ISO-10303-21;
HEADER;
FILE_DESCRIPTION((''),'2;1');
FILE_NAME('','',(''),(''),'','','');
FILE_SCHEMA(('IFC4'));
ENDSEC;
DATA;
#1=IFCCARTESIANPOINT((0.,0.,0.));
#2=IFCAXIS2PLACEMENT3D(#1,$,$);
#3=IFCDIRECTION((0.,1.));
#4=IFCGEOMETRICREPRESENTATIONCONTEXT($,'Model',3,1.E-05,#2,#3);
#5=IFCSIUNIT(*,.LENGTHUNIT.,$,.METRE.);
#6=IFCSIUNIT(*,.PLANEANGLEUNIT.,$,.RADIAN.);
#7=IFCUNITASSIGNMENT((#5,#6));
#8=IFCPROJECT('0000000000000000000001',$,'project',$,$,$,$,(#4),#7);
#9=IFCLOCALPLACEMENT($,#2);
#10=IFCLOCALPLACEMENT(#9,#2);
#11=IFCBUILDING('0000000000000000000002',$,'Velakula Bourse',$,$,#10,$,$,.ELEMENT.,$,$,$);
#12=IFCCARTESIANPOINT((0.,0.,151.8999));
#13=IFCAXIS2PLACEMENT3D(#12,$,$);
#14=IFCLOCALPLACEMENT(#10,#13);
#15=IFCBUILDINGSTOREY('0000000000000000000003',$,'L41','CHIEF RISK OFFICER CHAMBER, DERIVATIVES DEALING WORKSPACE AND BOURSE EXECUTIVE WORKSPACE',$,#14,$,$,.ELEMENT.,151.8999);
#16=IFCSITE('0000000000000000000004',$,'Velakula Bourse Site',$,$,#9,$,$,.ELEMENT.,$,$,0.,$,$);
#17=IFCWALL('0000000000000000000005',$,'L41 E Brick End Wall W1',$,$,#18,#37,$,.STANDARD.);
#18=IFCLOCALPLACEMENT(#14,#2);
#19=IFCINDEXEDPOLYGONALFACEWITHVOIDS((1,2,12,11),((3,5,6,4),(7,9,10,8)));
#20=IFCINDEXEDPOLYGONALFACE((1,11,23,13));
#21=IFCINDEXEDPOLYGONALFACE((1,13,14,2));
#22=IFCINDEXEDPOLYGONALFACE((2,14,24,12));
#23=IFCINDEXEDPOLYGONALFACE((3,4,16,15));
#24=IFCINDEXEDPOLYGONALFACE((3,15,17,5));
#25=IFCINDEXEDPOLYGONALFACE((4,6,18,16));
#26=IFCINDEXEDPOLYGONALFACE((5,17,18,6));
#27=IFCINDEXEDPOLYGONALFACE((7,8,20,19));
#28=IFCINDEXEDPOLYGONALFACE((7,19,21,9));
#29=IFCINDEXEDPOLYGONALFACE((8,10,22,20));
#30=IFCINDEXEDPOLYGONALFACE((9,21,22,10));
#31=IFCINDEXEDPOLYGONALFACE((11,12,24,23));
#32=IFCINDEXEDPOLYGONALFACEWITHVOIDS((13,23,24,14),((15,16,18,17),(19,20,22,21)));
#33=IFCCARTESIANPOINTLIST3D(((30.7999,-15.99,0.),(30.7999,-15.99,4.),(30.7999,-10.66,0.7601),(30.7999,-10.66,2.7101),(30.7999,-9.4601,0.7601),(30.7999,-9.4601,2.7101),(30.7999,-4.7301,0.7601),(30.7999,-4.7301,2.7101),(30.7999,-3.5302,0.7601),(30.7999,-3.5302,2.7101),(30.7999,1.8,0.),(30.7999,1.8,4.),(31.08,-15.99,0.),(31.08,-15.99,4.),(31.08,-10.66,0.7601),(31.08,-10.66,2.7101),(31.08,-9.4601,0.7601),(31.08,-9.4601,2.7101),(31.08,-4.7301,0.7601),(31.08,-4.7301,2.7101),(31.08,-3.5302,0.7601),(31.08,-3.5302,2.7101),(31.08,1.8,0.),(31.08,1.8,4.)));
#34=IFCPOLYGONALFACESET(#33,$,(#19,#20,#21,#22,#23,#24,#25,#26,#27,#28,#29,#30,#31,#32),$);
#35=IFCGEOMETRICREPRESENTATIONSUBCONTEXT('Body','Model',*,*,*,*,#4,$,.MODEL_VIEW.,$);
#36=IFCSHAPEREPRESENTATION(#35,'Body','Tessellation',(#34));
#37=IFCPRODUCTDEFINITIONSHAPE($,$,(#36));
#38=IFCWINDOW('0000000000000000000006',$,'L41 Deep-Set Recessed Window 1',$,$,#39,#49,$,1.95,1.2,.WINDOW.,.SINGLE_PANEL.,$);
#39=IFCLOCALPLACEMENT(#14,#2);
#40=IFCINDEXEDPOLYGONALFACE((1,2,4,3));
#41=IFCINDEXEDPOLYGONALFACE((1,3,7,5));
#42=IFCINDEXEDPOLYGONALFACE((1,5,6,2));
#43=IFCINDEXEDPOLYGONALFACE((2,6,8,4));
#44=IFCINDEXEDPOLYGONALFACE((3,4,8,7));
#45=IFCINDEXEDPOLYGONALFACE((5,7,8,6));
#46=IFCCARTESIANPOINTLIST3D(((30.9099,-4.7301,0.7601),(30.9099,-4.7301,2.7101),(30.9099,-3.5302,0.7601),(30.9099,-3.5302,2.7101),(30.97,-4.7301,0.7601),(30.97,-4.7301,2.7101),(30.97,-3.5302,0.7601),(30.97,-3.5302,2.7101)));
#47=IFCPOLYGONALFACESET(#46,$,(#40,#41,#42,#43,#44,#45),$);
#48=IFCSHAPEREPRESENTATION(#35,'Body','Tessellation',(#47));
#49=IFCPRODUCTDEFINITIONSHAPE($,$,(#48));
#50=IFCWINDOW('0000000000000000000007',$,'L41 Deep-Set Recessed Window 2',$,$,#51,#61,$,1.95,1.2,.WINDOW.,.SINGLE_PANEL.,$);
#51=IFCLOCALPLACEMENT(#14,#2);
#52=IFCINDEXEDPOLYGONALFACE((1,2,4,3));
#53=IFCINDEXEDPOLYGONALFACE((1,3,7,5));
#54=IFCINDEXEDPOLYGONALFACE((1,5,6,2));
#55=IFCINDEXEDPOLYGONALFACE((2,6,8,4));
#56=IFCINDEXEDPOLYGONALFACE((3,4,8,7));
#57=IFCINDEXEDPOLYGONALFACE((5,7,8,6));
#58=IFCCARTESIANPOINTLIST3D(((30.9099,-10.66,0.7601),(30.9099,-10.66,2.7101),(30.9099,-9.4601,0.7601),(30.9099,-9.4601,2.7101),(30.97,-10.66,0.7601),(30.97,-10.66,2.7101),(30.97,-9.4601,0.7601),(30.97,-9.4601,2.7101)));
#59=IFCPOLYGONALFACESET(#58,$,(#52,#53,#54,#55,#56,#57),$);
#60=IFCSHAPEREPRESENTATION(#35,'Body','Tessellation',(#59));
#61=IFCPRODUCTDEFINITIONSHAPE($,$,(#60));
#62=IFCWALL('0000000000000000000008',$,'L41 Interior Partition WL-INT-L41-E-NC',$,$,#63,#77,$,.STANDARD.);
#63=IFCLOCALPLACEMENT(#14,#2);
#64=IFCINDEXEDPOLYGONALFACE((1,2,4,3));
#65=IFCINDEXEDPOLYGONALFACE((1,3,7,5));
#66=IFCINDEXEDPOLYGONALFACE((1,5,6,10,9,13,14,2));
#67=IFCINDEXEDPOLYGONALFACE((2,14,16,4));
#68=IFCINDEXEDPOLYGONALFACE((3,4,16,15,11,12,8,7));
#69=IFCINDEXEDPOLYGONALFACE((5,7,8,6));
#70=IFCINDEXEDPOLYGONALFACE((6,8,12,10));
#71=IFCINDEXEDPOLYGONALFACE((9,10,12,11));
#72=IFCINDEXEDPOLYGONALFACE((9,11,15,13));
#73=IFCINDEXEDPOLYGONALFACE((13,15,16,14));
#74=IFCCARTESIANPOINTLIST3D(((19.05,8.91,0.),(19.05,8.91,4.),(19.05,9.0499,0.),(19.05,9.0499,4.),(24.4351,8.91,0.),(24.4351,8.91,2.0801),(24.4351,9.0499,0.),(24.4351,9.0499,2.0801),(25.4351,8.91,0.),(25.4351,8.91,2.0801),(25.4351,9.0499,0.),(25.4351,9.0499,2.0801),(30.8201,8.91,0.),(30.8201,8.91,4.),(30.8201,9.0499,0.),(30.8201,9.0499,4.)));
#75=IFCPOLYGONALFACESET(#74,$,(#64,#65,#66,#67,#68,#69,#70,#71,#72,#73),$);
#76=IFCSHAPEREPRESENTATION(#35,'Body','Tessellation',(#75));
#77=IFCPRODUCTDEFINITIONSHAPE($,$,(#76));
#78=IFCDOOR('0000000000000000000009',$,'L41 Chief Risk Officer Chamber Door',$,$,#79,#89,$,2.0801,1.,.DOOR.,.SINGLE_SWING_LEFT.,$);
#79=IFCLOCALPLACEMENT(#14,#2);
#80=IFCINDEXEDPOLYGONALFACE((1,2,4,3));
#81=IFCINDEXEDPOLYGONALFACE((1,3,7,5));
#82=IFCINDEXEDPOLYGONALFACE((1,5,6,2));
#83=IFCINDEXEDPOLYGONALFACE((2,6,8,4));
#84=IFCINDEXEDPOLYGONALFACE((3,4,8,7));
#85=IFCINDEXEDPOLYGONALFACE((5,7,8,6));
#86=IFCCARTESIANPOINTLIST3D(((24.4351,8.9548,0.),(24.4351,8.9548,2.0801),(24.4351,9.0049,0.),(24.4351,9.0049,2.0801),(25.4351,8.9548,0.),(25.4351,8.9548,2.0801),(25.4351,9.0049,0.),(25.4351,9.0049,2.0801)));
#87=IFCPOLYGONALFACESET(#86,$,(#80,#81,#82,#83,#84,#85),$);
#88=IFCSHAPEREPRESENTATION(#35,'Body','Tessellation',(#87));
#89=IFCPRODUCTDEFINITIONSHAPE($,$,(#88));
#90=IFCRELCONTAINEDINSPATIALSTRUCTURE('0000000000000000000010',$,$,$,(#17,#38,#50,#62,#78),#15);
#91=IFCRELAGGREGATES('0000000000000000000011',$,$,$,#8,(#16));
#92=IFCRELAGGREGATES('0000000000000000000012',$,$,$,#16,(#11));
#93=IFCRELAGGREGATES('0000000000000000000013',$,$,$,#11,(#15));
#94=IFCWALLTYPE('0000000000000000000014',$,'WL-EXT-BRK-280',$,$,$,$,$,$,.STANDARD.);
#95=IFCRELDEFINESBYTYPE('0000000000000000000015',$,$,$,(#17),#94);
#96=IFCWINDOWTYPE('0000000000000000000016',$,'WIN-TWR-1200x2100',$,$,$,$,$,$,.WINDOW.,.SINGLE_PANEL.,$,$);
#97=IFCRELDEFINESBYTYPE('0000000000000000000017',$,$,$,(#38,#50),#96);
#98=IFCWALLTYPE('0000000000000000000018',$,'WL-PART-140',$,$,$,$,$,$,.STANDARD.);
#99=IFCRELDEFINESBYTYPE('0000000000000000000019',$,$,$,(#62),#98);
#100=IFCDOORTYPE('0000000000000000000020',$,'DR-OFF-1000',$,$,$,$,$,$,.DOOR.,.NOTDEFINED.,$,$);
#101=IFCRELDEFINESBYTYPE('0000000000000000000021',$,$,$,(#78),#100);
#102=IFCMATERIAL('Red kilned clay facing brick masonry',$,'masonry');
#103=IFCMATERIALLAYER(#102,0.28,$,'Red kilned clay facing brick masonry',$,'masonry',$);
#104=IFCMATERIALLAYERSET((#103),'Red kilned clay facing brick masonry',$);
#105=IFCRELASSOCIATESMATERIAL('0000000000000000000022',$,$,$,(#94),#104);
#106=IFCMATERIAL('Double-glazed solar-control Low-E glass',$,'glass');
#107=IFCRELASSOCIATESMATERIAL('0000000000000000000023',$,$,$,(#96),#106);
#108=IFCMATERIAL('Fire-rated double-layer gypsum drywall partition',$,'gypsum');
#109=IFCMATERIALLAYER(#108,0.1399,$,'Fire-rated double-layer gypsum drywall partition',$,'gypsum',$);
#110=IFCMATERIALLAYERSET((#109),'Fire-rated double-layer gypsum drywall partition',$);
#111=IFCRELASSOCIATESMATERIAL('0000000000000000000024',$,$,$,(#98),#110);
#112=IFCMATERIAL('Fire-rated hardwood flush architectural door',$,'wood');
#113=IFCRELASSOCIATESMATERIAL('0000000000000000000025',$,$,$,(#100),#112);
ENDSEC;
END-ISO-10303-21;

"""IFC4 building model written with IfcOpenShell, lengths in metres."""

from ifc_helpers import new_model, si_unit, direction, frame, frame_2d, origin, place, context, subcontext, project, spatial, rectangle, extrude, material, layer, layer_set, type_object, element, fill, save


model = new_model("IFC4")

# Units and contexts
model_context = context("Model", 3, precision=1e-05, world=origin(), true_north=direction((0.0, 1.0)))
body_context = subcontext(model_context, "Body", "Model", "MODEL_VIEW")
ifc_project = project(units=[si_unit("LENGTHUNIT", "METRE"), si_unit("PLANEANGLEUNIT", "RADIAN")], contexts=[model_context])

# Site, building, storey
site_placement = place(None, origin())
site = spatial("IfcSite", under=ifc_project, at=site_placement, Name="Velakula Bourse Site", CompositionType="ELEMENT", RefElevation=0.0)
building_placement = place(site_placement, origin())
building = spatial("IfcBuilding", under=site, at=building_placement, Name="Velakula Bourse", CompositionType="ELEMENT")
storey_placement = place(building_placement, frame((0.0, 0.0, 151.8999)))
storey = spatial("IfcBuildingStorey", under=building, at=storey_placement, Name="L41", Description="CHIEF RISK OFFICER CHAMBER, DERIVATIVES DEALING WORKSPACE AND BOURSE EXECUTIVE WORKSPACE", CompositionType="ELEMENT", Elevation=151.8999)

# Wall, openings, windows
ifc_material_1 = material(Name="Red kilned clay facing brick masonry", Category="masonry")
ifc_layer_1 = layer(ifc_material_1, 0.28, Name="Red kilned clay facing brick masonry", Category="masonry")
ifc_layer_set_1 = layer_set([ifc_layer_1], Name="Red kilned clay facing brick masonry")
wall_type_1 = type_object("IfcWallType", Name="WL-EXT-BRK-280", PredefinedType="STANDARD", material=ifc_layer_set_1)
wall_1_placement = place(storey_placement, frame((30.9399, 1.8, 0.0), z_axis=(0.0, 0.0, 1.0), x_axis=(0.0, -1.0, 0.0)))
wall_1 = element("IfcWall", 1, at=wall_1_placement, inside=storey, type_object=wall_type_1, Name="L41 E Brick End Wall W1", PredefinedType="STANDARD", context=body_context, shape_type="SweptSolid", body=[
    extrude(rectangle(XDim=17.79, YDim=0.28, at=frame_2d((8.895, 0.0))), origin(), (0.0, 0.0, 1.0), 4.0),
])
opening_1_placement = place(wall_1_placement, frame((5.3301, 0.0, 0.76)))
opening_1 = element("IfcOpeningElement", 2, at=opening_1_placement, cuts=wall_1, PredefinedType="OPENING", context=body_context, shape_type="SweptSolid", body=[
    extrude(rectangle(XDim=1.2, YDim=1.95, at=frame_2d((0.6001, 0.9751))), frame((0.0, 0.1499, 0.0), z_axis=(0.0, -1.0, 0.0), x_axis=(1.0, 0.0, 0.0)), (0.0, 0.0, 1.0), 0.3),
])
opening_2_placement = place(wall_1_placement, frame((11.26, 0.0, 0.76)))
opening_2 = element("IfcOpeningElement", 3, at=opening_2_placement, cuts=wall_1, PredefinedType="OPENING", context=body_context, shape_type="SweptSolid", body=[
    extrude(rectangle(XDim=1.2, YDim=1.95, at=frame_2d((0.6001, 0.9751))), frame((0.0, 0.1499, 0.0), z_axis=(0.0, -1.0, 0.0), x_axis=(1.0, 0.0, 0.0)), (0.0, 0.0, 1.0), 0.3),
])
ifc_material_2 = material(Name="Double-glazed solar-control Low-E glass", Category="glass")
window_type = type_object("IfcWindowType", Name="WIN-TWR-1200x2100", PartitioningType="SINGLE_PANEL", PredefinedType="WINDOW", material=ifc_material_2)
window_1_placement = place(opening_1_placement, origin())
window_1 = element("IfcWindow", 4, at=window_1_placement, inside=storey, type_object=window_type, Name="L41 Deep-Set Recessed Window 1", OverallHeight=1.95, OverallWidth=1.2, PartitioningType="SINGLE_PANEL", PredefinedType="WINDOW", context=body_context, shape_type="SweptSolid", body=[
    extrude(rectangle(XDim=1.2, YDim=1.95, at=frame_2d((0.6001, 0.9751))), frame((0.0, 0.03, 0.0), z_axis=(0.0, -1.0, 0.0), x_axis=(1.0, 0.0, 0.0)), (0.0, 0.0, 1.0), 0.0601),
])
fill(opening_1, window_1)
window_2_placement = place(opening_2_placement, origin())
window_2 = element("IfcWindow", 5, at=window_2_placement, inside=storey, type_object=window_type, Name="L41 Deep-Set Recessed Window 2", OverallHeight=1.95, OverallWidth=1.2, PartitioningType="SINGLE_PANEL", PredefinedType="WINDOW", context=body_context, shape_type="SweptSolid", body=[
    extrude(rectangle(XDim=1.2, YDim=1.95, at=frame_2d((0.6001, 0.9751))), frame((0.0, 0.03, 0.0), z_axis=(0.0, -1.0, 0.0), x_axis=(1.0, 0.0, 0.0)), (0.0, 0.0, 1.0), 0.0601),
])
fill(opening_2, window_2)

# Wall, opening, door
ifc_material_3 = material(Name="Fire-rated double-layer gypsum drywall partition", Category="gypsum")
ifc_layer_2 = layer(ifc_material_3, 0.1399, Name="Fire-rated double-layer gypsum drywall partition", Category="gypsum")
ifc_layer_set_2 = layer_set([ifc_layer_2], Name="Fire-rated double-layer gypsum drywall partition")
wall_type_2 = type_object("IfcWallType", Name="WL-PART-140", PredefinedType="STANDARD", material=ifc_layer_set_2)
wall_2_placement = place(storey_placement, frame((19.05, 8.98, 0.0), z_axis=(0.0, 0.0, 1.0), x_axis=(1.0, 0.0, 0.0)))
wall_2 = element("IfcWall", 6, at=wall_2_placement, inside=storey, type_object=wall_type_2, Name="L41 Interior Partition WL-INT-L41-E-NC", PredefinedType="STANDARD", context=body_context, shape_type="SweptSolid", body=[
    extrude(rectangle(XDim=11.77, YDim=0.1399, at=frame_2d((5.885, 0.0))), origin(), (0.0, 0.0, 1.0), 4.0),
])
opening_3_placement = place(wall_2_placement, frame((5.385, 0.0, 0.0)))
opening_3 = element("IfcOpeningElement", 7, at=opening_3_placement, cuts=wall_2, PredefinedType="OPENING", context=body_context, shape_type="SweptSolid", body=[
    extrude(rectangle(XDim=1.0, YDim=2.0801, at=frame_2d((0.5, 1.04))), frame((0.0, 0.0798, 0.0), z_axis=(0.0, -1.0, 0.0), x_axis=(1.0, 0.0, 0.0)), (0.0, 0.0, 1.0), 0.1599),
])
ifc_material_4 = material(Name="Fire-rated hardwood flush architectural door", Category="wood")
door_type = type_object("IfcDoorType", Name="DR-OFF-1000", OperationType="NOTDEFINED", PredefinedType="DOOR", material=ifc_material_4)
door_placement = place(opening_3_placement, origin())
door = element("IfcDoor", 8, at=door_placement, inside=storey, type_object=door_type, Name="L41 Chief Risk Officer Chamber Door", OperationType="SINGLE_SWING_LEFT", OverallHeight=2.0801, OverallWidth=1.0, PredefinedType="DOOR", context=body_context, shape_type="SweptSolid", body=[
    extrude(rectangle(XDim=1.0, YDim=2.0801, at=frame_2d((0.5, 1.04))), frame((0.0, 0.0249, 0.0), z_axis=(0.0, -1.0, 0.0), x_axis=(1.0, 0.0, 0.0)), (0.0, 0.0, 1.0), 0.05),
])
fill(opening_3, door)

save(model, "model.ifc")
